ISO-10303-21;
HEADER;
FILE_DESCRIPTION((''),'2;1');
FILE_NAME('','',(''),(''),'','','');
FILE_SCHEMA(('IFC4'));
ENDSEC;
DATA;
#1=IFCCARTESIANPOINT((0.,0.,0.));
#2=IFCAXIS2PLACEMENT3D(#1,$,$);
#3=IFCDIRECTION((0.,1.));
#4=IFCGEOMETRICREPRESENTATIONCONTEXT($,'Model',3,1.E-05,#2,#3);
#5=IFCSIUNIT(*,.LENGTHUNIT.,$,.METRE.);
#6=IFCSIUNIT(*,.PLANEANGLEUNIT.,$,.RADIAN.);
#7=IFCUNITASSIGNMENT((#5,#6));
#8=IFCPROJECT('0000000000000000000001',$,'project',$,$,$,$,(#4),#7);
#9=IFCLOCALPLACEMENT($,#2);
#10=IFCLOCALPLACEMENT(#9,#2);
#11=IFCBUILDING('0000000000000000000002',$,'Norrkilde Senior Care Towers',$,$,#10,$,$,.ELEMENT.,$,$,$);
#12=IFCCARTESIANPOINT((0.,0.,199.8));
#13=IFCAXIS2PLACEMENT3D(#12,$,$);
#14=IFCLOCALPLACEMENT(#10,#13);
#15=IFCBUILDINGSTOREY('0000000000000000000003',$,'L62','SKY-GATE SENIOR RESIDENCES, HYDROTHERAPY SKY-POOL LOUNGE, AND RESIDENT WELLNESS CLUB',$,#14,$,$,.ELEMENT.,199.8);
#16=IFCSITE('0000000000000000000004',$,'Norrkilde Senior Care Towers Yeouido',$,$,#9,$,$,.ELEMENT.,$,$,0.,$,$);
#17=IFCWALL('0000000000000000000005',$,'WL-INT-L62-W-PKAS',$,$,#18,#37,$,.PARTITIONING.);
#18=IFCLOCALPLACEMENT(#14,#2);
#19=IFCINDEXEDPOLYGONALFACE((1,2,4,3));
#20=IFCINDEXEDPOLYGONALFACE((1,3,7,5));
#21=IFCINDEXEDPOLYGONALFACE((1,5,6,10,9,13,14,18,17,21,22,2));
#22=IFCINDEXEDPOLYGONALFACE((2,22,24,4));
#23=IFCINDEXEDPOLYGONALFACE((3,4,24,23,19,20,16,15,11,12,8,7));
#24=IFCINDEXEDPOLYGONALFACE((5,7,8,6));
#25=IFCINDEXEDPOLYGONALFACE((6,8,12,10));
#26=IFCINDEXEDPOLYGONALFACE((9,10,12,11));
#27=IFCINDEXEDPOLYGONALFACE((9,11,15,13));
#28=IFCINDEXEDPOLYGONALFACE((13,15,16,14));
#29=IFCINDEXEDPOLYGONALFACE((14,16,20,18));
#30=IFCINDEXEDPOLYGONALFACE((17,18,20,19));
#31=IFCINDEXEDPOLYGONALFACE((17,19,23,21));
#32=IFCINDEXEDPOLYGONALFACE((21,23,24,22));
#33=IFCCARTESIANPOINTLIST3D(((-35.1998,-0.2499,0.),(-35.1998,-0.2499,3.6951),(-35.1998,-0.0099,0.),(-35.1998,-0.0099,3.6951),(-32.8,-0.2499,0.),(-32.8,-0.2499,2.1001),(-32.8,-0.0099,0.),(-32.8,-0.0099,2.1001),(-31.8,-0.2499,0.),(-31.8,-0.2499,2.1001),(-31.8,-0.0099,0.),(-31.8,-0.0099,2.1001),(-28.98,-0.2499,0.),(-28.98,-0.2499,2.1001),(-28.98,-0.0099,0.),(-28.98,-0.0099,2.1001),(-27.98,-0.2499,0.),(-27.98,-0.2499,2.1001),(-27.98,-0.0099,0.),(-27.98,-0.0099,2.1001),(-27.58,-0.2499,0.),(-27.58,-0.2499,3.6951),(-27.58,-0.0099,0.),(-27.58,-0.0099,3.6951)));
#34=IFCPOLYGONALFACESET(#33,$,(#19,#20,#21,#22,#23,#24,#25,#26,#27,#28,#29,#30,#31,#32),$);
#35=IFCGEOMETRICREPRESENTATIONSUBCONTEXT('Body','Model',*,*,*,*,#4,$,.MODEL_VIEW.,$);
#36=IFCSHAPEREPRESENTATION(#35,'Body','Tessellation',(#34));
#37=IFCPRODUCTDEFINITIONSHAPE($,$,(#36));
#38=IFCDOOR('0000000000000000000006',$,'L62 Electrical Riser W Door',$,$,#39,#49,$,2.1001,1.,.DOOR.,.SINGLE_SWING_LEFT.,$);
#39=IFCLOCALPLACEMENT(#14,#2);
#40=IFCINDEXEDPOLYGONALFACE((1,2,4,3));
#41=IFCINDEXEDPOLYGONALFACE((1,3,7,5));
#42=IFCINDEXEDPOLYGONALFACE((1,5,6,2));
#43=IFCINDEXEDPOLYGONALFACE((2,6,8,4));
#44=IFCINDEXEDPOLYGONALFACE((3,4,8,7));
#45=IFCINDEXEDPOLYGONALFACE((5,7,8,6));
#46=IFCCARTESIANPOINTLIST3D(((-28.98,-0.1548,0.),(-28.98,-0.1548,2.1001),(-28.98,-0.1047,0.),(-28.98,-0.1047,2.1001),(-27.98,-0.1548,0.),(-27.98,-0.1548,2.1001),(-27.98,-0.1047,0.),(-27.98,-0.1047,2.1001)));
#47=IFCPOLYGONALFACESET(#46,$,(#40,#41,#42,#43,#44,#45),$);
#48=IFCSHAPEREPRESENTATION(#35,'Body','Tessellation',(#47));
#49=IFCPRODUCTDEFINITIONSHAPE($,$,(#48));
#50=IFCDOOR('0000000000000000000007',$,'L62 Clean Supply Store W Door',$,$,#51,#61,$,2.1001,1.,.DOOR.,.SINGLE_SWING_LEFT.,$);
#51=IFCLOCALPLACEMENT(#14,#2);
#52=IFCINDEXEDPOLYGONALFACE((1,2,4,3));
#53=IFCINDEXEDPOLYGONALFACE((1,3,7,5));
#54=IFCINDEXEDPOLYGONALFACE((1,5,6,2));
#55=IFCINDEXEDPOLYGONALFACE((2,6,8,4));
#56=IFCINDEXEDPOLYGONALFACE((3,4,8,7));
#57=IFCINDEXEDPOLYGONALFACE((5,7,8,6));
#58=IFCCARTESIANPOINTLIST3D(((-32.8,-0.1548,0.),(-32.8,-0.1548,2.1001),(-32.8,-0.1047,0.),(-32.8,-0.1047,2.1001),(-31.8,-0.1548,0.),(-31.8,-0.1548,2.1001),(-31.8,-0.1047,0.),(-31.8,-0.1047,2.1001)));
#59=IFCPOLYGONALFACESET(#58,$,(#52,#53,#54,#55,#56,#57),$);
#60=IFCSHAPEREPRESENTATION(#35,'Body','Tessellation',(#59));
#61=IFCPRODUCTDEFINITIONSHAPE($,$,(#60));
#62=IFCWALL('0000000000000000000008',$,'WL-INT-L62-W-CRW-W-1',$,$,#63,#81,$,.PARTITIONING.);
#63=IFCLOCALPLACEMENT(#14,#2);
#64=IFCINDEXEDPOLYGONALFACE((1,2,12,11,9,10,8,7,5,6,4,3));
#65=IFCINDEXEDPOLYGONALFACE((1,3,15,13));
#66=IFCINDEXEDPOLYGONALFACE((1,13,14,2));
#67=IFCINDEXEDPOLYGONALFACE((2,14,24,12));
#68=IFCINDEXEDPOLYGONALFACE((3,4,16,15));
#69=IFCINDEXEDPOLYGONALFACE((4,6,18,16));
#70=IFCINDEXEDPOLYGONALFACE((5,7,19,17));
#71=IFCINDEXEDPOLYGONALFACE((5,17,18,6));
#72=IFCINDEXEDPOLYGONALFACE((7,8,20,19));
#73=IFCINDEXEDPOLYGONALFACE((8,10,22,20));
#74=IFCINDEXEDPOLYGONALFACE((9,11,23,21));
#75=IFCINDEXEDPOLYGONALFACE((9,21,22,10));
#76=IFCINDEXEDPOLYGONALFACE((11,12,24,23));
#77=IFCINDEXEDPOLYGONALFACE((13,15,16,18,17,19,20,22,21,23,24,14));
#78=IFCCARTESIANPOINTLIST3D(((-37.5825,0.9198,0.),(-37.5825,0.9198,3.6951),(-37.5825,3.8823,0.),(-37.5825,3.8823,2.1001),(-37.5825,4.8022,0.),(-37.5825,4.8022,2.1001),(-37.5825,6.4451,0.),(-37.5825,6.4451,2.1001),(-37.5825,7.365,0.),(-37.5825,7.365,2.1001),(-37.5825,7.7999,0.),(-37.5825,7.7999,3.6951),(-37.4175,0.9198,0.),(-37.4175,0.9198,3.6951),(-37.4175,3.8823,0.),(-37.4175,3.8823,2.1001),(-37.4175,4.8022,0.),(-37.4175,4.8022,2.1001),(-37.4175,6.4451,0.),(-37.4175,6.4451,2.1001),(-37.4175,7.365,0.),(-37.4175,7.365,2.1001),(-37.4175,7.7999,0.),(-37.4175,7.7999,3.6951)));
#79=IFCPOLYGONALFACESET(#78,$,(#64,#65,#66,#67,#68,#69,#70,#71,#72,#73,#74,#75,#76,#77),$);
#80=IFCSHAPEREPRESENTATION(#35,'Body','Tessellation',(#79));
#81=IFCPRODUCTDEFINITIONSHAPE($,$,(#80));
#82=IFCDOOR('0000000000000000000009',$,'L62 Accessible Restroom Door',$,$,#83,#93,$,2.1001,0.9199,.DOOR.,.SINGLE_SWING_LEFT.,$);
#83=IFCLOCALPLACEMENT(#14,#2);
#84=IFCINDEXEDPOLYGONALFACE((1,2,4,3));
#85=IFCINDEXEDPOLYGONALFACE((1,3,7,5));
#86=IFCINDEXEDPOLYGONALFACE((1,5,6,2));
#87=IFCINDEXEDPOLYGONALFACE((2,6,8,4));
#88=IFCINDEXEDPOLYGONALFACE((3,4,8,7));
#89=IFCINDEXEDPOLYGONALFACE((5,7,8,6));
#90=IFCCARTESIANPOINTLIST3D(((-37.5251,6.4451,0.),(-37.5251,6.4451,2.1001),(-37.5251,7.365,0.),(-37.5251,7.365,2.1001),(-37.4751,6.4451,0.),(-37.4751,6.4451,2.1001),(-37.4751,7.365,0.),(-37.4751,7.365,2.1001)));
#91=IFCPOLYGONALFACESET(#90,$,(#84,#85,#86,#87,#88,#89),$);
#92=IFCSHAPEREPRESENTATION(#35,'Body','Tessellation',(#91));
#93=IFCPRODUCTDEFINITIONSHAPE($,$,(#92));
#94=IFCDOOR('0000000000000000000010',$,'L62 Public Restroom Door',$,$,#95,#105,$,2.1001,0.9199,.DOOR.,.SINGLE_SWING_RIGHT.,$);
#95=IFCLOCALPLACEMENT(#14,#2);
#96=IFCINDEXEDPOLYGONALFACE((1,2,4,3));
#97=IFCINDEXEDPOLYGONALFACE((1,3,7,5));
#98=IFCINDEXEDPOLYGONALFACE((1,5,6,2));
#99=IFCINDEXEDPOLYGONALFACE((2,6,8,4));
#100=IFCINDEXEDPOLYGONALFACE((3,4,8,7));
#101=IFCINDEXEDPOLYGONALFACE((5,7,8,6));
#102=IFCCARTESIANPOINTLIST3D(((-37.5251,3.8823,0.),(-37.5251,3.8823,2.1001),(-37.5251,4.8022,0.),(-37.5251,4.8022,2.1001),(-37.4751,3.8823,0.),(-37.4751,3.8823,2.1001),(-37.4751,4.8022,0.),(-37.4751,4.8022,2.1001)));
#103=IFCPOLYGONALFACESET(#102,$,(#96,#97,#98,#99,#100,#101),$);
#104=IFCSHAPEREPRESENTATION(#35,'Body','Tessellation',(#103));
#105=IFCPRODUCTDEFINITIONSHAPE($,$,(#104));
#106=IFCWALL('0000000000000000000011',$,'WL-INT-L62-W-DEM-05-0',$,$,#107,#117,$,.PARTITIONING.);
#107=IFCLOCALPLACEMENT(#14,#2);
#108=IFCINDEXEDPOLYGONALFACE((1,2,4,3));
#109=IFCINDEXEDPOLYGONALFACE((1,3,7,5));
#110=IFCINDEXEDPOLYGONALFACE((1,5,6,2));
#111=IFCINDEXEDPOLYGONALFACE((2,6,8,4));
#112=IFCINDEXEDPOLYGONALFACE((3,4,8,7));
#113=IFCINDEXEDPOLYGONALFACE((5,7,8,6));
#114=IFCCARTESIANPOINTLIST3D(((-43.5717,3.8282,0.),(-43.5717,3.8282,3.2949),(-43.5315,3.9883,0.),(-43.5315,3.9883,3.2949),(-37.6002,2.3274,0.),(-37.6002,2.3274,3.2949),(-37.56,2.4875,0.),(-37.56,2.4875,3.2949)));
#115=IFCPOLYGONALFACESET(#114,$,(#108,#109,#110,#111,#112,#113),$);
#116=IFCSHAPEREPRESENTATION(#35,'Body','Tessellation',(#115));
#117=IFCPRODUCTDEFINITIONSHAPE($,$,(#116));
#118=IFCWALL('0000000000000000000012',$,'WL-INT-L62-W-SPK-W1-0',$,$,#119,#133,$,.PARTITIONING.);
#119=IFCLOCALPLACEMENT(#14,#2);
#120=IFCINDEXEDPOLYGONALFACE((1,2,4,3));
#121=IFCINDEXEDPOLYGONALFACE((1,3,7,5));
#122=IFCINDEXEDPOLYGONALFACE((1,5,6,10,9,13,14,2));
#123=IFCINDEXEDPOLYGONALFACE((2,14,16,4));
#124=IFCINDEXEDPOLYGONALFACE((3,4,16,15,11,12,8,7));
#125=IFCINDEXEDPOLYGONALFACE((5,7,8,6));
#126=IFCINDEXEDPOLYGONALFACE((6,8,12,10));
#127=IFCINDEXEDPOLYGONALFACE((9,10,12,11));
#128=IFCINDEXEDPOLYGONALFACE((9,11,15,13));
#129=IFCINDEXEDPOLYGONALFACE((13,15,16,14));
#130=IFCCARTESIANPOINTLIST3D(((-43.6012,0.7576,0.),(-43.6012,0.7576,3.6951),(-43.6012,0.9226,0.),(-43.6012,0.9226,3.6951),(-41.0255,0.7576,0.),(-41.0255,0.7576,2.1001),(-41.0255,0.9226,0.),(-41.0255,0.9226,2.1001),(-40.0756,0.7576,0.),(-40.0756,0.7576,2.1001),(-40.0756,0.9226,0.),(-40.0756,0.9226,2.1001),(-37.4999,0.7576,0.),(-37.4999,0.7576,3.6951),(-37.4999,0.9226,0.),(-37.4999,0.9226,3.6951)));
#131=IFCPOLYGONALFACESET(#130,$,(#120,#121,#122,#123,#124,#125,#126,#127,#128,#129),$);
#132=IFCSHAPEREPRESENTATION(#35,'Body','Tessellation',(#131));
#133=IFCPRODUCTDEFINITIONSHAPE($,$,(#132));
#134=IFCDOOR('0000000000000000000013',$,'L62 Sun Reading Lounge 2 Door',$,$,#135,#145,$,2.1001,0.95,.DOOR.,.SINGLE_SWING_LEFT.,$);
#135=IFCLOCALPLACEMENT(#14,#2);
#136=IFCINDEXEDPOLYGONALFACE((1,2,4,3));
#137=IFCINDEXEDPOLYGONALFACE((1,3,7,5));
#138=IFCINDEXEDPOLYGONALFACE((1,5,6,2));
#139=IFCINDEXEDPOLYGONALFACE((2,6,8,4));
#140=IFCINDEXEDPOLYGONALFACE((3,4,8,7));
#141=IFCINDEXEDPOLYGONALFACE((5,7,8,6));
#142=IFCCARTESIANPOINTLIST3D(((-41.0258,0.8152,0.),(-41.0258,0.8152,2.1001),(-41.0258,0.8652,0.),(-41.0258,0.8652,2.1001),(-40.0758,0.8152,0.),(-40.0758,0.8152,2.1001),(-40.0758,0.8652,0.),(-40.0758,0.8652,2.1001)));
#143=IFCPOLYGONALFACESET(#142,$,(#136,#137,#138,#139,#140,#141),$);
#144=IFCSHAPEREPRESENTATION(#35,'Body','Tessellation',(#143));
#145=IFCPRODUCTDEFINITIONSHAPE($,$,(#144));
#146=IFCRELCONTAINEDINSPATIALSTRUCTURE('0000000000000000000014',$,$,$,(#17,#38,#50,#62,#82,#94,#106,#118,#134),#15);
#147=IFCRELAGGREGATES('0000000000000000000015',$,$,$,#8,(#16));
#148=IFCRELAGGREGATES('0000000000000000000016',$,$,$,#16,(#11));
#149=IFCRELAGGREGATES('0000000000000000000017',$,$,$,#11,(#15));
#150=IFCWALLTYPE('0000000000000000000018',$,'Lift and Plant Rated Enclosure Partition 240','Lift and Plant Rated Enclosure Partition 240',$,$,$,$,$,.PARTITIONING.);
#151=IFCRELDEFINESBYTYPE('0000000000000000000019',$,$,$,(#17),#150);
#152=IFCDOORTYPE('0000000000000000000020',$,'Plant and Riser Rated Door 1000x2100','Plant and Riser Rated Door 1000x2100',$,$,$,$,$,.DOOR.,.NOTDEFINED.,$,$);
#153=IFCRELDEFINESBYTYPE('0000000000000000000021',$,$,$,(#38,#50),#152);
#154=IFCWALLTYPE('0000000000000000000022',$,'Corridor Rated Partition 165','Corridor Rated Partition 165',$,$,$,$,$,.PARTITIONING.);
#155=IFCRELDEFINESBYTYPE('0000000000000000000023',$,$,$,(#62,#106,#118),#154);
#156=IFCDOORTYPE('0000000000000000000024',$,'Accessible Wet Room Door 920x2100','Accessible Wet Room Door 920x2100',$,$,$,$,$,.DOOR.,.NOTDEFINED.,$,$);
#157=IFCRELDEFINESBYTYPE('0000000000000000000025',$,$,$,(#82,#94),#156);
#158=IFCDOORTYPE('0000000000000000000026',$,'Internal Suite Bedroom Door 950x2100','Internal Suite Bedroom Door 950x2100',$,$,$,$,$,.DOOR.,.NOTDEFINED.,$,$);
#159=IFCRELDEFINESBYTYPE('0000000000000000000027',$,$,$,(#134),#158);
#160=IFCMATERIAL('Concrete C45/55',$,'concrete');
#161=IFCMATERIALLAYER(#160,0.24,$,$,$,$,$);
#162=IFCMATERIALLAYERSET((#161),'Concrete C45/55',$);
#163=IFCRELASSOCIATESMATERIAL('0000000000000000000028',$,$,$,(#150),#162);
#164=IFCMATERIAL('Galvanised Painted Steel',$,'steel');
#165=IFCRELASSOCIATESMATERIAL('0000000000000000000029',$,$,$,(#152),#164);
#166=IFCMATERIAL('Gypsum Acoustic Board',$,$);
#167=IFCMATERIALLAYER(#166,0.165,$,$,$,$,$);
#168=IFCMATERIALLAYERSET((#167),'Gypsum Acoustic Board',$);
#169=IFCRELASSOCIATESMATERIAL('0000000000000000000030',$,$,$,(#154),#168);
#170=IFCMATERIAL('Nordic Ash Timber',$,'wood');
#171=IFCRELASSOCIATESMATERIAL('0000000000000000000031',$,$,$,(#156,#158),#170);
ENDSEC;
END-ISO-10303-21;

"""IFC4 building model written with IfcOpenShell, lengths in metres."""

from ifc_helpers import new_model, si_unit, direction, frame, frame_2d, origin, place, context, subcontext, project, spatial, rectangle, extrude, source, transform, mapped, material, layer, layer_set, type_object, type_shapes, element, fill, save


model = new_model("IFC4")

# Units and contexts
model_context = context("Model", 3, precision=1e-05, world=origin(), true_north=direction((0.0, 1.0)))
body_context = subcontext(model_context, "Body", "Model", "MODEL_VIEW")
ifc_project = project(units=[si_unit("LENGTHUNIT", "METRE"), si_unit("PLANEANGLEUNIT", "RADIAN")], contexts=[model_context])

# Site, building, storey
site_placement = place(None, origin())
site = spatial("IfcSite", under=ifc_project, at=site_placement, Name="Norrkilde Senior Care Towers Yeouido", CompositionType="ELEMENT", RefElevation=0.0)
building_placement = place(site_placement, origin())
building = spatial("IfcBuilding", under=site, at=building_placement, Name="Norrkilde Senior Care Towers", CompositionType="ELEMENT")
storey_placement = place(building_placement, frame((0.0, 0.0, 199.8)))
storey = spatial("IfcBuildingStorey", under=building, at=storey_placement, Name="L62", Description="SKY-GATE SENIOR RESIDENCES, HYDROTHERAPY SKY-POOL LOUNGE, AND RESIDENT WELLNESS CLUB", CompositionType="ELEMENT", Elevation=199.8)

# Shared definitions
ifc_material_1 = material(Name="Concrete C45/55", Category="concrete")

# Walls, openings, doors
ifc_layer_1 = layer(ifc_material_1, 0.24)
ifc_layer_set_1 = layer_set([ifc_layer_1], Name="Concrete C45/55")
wall_type_1 = type_object("IfcWallType", Name="Lift and Plant Rated Enclosure Partition 240", Description="Lift and Plant Rated Enclosure Partition 240", PredefinedType="PARTITIONING", material=ifc_layer_set_1)
shared_shape_1 = source(origin(), body_context, "Body", "SweptSolid", [
    extrude(rectangle(XDim=7.6199, YDim=0.24, at=frame_2d((3.8101, 0.0))), origin(), (0.0, 0.0, 1.0), 3.6951),
])
type_shapes(wall_type_1, [shared_shape_1])
wall_1_placement = place(storey_placement, frame((-35.2, -0.1299, 0.0), z_axis=(0.0, 0.0, 1.0), x_axis=(1.0, 0.0, 0.0)))
wall_1 = element("IfcWall", 1, at=wall_1_placement, inside=storey, type_object=wall_type_1, Name="WL-INT-L62-W-PKAS", PredefinedType="PARTITIONING", context=body_context, shape_type="MappedRepresentation", body=[
    mapped(shared_shape_1, transform((0.0, 0.0, 0.0), x_axis=(1.0, 0.0, 0.0), y_axis=(0.0, 1.0, 0.0), z_axis=(0.0, 0.0, 1.0), scale=1.0)),
])
opening_1_placement = place(wall_1_placement, frame((6.22, 0.0, 0.0)))
opening_1 = element("IfcOpeningElement", 2, at=opening_1_placement, cuts=wall_1, PredefinedType="OPENING", context=body_context, shape_type="SweptSolid", body=[
    extrude(rectangle(XDim=1.0, YDim=2.1001, at=frame_2d((0.5, 1.05))), frame((0.0, 0.1299, 0.0), z_axis=(0.0, -1.0, 0.0), x_axis=(1.0, 0.0, 0.0)), (0.0, 0.0, 1.0), 0.26),
])
opening_2_placement = place(wall_1_placement, frame((2.3999, 0.0, 0.0)))
opening_2 = element("IfcOpeningElement", 3, at=opening_2_placement, cuts=wall_1, PredefinedType="OPENING", context=body_context, shape_type="SweptSolid", body=[
    extrude(rectangle(XDim=1.0, YDim=2.1001, at=frame_2d((0.5, 1.05))), frame((0.0, 0.1299, 0.0), z_axis=(0.0, -1.0, 0.0), x_axis=(1.0, 0.0, 0.0)), (0.0, 0.0, 1.0), 0.26),
])
ifc_material_2 = material(Name="Galvanised Painted Steel", Category="steel")
door_type_1 = type_object("IfcDoorType", Name="Plant and Riser Rated Door 1000x2100", Description="Plant and Riser Rated Door 1000x2100", OperationType="NOTDEFINED", PredefinedType="DOOR", material=ifc_material_2)
shared_shape_2 = source(origin(), body_context, "Body", "SweptSolid", [
    extrude(rectangle(XDim=1.0, YDim=2.1001, at=frame_2d((0.5, 1.05))), frame((0.0, 0.0249, 0.0), z_axis=(0.0, -1.0, 0.0), x_axis=(1.0, 0.0, 0.0)), (0.0, 0.0, 1.0), 0.05),
])
type_shapes(door_type_1, [shared_shape_2])
door_1_placement = place(opening_1_placement, frame((1.0, 0.0, 0.0), z_axis=(0.0, 0.0, 1.0), x_axis=(-1.0, 0.0, 0.0)))
door_1 = element("IfcDoor", 4, at=door_1_placement, inside=storey, type_object=door_type_1, Name="L62 Electrical Riser W Door", OperationType="SINGLE_SWING_LEFT", OverallHeight=2.1001, OverallWidth=1.0, PredefinedType="DOOR", context=body_context, shape_type="MappedRepresentation", body=[
    mapped(shared_shape_2, transform((0.0, 0.0, 0.0), x_axis=(1.0, 0.0, 0.0), y_axis=(0.0, 1.0, 0.0), z_axis=(0.0, 0.0, 1.0), scale=1.0)),
])
fill(opening_1, door_1)
door_2_placement = place(opening_2_placement, frame((1.0, 0.0, 0.0), z_axis=(0.0, 0.0, 1.0), x_axis=(-1.0, 0.0, 0.0)))
door_2 = element("IfcDoor", 5, at=door_2_placement, inside=storey, type_object=door_type_1, Name="L62 Clean Supply Store W Door", OperationType="SINGLE_SWING_LEFT", OverallHeight=2.1001, OverallWidth=1.0, PredefinedType="DOOR", context=body_context, shape_type="MappedRepresentation", body=[
    mapped(shared_shape_2, transform((0.0, 0.0, 0.0), x_axis=(1.0, 0.0, 0.0), y_axis=(0.0, 1.0, 0.0), z_axis=(0.0, 0.0, 1.0), scale=1.0)),
])
fill(opening_2, door_2)
ifc_material_3 = material(Name="Gypsum Acoustic Board")
ifc_layer_2 = layer(ifc_material_3, 0.165)
ifc_layer_set_2 = layer_set([ifc_layer_2], Name="Gypsum Acoustic Board")
wall_type_2 = type_object("IfcWallType", Name="Corridor Rated Partition 165", Description="Corridor Rated Partition 165", PredefinedType="PARTITIONING", material=ifc_layer_set_2)
shared_shape_3 = source(origin(), body_context, "Body", "SweptSolid", [
    extrude(rectangle(XDim=6.8801, YDim=0.165, at=frame_2d((3.4399, 0.0))), origin(), (0.0, 0.0, 1.0), 3.6951),
])
wall_2_placement = place(storey_placement, frame((-37.5, 0.9199, 0.0), z_axis=(0.0, 0.0, 1.0), x_axis=(0.0, 1.0, 0.0)))
wall_2 = element("IfcWall", 6, at=wall_2_placement, inside=storey, type_object=wall_type_2, Name="WL-INT-L62-W-CRW-W-1", PredefinedType="PARTITIONING", context=body_context, shape_type="MappedRepresentation", body=[
    mapped(shared_shape_3, transform((0.0, 0.0, 0.0), x_axis=(1.0, 0.0, 0.0), y_axis=(0.0, 1.0, 0.0), z_axis=(0.0, 0.0, 1.0), scale=1.0)),
])
opening_3_placement = place(wall_2_placement, frame((5.5251, 0.0, 0.0)))
opening_3 = element("IfcOpeningElement", 7, at=opening_3_placement, cuts=wall_2, PredefinedType="OPENING", context=body_context, shape_type="SweptSolid", body=[
    extrude(rectangle(XDim=0.9199, YDim=2.1001, at=frame_2d((0.46, 1.05))), frame((0.0, 0.0925, 0.0), z_axis=(0.0, -1.0, 0.0), x_axis=(1.0, 0.0, 0.0)), (0.0, 0.0, 1.0), 0.1851),
])
opening_4_placement = place(wall_2_placement, frame((2.9624, 0.0, 0.0)))
opening_4 = element("IfcOpeningElement", 8, at=opening_4_placement, cuts=wall_2, PredefinedType="OPENING", context=body_context, shape_type="SweptSolid", body=[
    extrude(rectangle(XDim=0.9199, YDim=2.1001, at=frame_2d((0.46, 1.05))), frame((0.0, 0.0925, 0.0), z_axis=(0.0, -1.0, 0.0), x_axis=(1.0, 0.0, 0.0)), (0.0, 0.0, 1.0), 0.1851),
])
ifc_material_4 = material(Name="Nordic Ash Timber", Category="wood")
door_type_2 = type_object("IfcDoorType", Name="Accessible Wet Room Door 920x2100", Description="Accessible Wet Room Door 920x2100", OperationType="NOTDEFINED", PredefinedType="DOOR", material=ifc_material_4)
shared_shape_4 = source(origin(), body_context, "Body", "SweptSolid", [
    extrude(rectangle(XDim=0.9199, YDim=2.1001, at=frame_2d((0.46, 1.05))), frame((0.0, 0.0249, 0.0), z_axis=(0.0, -1.0, 0.0), x_axis=(1.0, 0.0, 0.0)), (0.0, 0.0, 1.0), 0.05),
])
type_shapes(door_type_2, [shared_shape_4])
door_3_placement = place(opening_3_placement, frame((0.9199, 0.0, 0.0), z_axis=(0.0, 0.0, 1.0), x_axis=(-1.0, 0.0, 0.0)))
door_3 = element("IfcDoor", 9, at=door_3_placement, inside=storey, type_object=door_type_2, Name="L62 Accessible Restroom Door", OperationType="SINGLE_SWING_LEFT", OverallHeight=2.1001, OverallWidth=0.9199, PredefinedType="DOOR", context=body_context, shape_type="MappedRepresentation", body=[
    mapped(shared_shape_4, transform((0.0, 0.0, 0.0), x_axis=(1.0, 0.0, 0.0), y_axis=(0.0, 1.0, 0.0), z_axis=(0.0, 0.0, 1.0), scale=1.0)),
])
fill(opening_3, door_3)
door_4_placement = place(opening_4_placement, frame((0.9199, 0.0, 0.0), z_axis=(0.0, 0.0, 1.0), x_axis=(-1.0, 0.0, 0.0)))
door_4 = element("IfcDoor", 10, at=door_4_placement, inside=storey, type_object=door_type_2, Name="L62 Public Restroom Door", OperationType="SINGLE_SWING_RIGHT", OverallHeight=2.1001, OverallWidth=0.9199, PredefinedType="DOOR", context=body_context, shape_type="MappedRepresentation", body=[
    mapped(shared_shape_4, transform((0.0, 0.0, 0.0), x_axis=(1.0, 0.0, 0.0), y_axis=(0.0, 1.0, 0.0), z_axis=(0.0, 0.0, 1.0), scale=1.0)),
])
fill(opening_4, door_4)

# Wall
shared_shape_5 = source(origin(), body_context, "Body", "SweptSolid", [
    extrude(rectangle(XDim=6.1572, YDim=0.165, at=frame_2d((3.0786, 0.0))), origin(), (0.0, 0.0, 1.0), 3.2949),
])
wall_3_placement = place(storey_placement, frame((-37.5801, 2.4075, 0.0), z_axis=(0.0, 0.0, 1.0), x_axis=(-0.969841, 0.243739, 0.0)))
element("IfcWall", 11, at=wall_3_placement, inside=storey, type_object=wall_type_2, Name="WL-INT-L62-W-DEM-05-0", PredefinedType="PARTITIONING", context=body_context, shape_type="MappedRepresentation", body=[
    mapped(shared_shape_5, transform((0.0, 0.0, 0.0), x_axis=(1.0, 0.0, 0.0), y_axis=(0.0, 1.0, 0.0), z_axis=(0.0, 0.0, 1.0), scale=1.0)),
])

# Wall, opening, door
shared_shape_6 = source(origin(), body_context, "Body", "SweptSolid", [
    extrude(rectangle(XDim=6.1013, YDim=0.165, at=frame_2d((3.0508, 0.0))), origin(), (0.0, 0.0, 1.0), 3.6951),
])
type_shapes(wall_type_2, [shared_shape_3, shared_shape_5, shared_shape_6])
wall_4_placement = place(storey_placement, frame((-43.6013, 0.8401, 0.0), z_axis=(0.0, 0.0, 1.0), x_axis=(1.0, 0.0, 0.0)))
wall_4 = element("IfcWall", 12, at=wall_4_placement, inside=storey, type_object=wall_type_2, Name="WL-INT-L62-W-SPK-W1-0", PredefinedType="PARTITIONING", context=body_context, shape_type="MappedRepresentation", body=[
    mapped(shared_shape_6, transform((0.0, 0.0, 0.0), x_axis=(1.0, 0.0, 0.0), y_axis=(0.0, 1.0, 0.0), z_axis=(0.0, 0.0, 1.0), scale=1.0)),
])
opening_5_placement = place(wall_4_placement, frame((2.5757, 0.0, 0.0)))
opening_5 = element("IfcOpeningElement", 13, at=opening_5_placement, cuts=wall_4, PredefinedType="OPENING", context=body_context, shape_type="SweptSolid", body=[
    extrude(rectangle(XDim=0.95, YDim=2.1001, at=frame_2d((0.4751, 1.05))), frame((0.0, 0.0925, 0.0), z_axis=(0.0, -1.0, 0.0), x_axis=(1.0, 0.0, 0.0)), (0.0, 0.0, 1.0), 0.1851),
])
door_type_3 = type_object("IfcDoorType", Name="Internal Suite Bedroom Door 950x2100", Description="Internal Suite Bedroom Door 950x2100", OperationType="NOTDEFINED", PredefinedType="DOOR", material=ifc_material_4)
shared_shape_7 = source(origin(), body_context, "Body", "SweptSolid", [
    extrude(rectangle(XDim=0.95, YDim=2.1001, at=frame_2d((0.4751, 1.05))), frame((0.0, 0.0249, 0.0), z_axis=(0.0, -1.0, 0.0), x_axis=(1.0, 0.0, 0.0)), (0.0, 0.0, 1.0), 0.05),
])
type_shapes(door_type_3, [shared_shape_7])
door_5_placement = place(opening_5_placement, frame((0.95, 0.0, 0.0), z_axis=(0.0, 0.0, 1.0), x_axis=(-1.0, 0.0, 0.0)))
door_5 = element("IfcDoor", 14, at=door_5_placement, inside=storey, type_object=door_type_3, Name="L62 Sun Reading Lounge 2 Door", OperationType="SINGLE_SWING_LEFT", OverallHeight=2.1001, OverallWidth=0.95, PredefinedType="DOOR", context=body_context, shape_type="MappedRepresentation", body=[
    mapped(shared_shape_7, transform((0.0, 0.0, 0.0), x_axis=(1.0, 0.0, 0.0), y_axis=(0.0, 1.0, 0.0), z_axis=(0.0, 0.0, 1.0), scale=1.0)),
])
fill(opening_5, door_5)

save(model, "model.ifc")
